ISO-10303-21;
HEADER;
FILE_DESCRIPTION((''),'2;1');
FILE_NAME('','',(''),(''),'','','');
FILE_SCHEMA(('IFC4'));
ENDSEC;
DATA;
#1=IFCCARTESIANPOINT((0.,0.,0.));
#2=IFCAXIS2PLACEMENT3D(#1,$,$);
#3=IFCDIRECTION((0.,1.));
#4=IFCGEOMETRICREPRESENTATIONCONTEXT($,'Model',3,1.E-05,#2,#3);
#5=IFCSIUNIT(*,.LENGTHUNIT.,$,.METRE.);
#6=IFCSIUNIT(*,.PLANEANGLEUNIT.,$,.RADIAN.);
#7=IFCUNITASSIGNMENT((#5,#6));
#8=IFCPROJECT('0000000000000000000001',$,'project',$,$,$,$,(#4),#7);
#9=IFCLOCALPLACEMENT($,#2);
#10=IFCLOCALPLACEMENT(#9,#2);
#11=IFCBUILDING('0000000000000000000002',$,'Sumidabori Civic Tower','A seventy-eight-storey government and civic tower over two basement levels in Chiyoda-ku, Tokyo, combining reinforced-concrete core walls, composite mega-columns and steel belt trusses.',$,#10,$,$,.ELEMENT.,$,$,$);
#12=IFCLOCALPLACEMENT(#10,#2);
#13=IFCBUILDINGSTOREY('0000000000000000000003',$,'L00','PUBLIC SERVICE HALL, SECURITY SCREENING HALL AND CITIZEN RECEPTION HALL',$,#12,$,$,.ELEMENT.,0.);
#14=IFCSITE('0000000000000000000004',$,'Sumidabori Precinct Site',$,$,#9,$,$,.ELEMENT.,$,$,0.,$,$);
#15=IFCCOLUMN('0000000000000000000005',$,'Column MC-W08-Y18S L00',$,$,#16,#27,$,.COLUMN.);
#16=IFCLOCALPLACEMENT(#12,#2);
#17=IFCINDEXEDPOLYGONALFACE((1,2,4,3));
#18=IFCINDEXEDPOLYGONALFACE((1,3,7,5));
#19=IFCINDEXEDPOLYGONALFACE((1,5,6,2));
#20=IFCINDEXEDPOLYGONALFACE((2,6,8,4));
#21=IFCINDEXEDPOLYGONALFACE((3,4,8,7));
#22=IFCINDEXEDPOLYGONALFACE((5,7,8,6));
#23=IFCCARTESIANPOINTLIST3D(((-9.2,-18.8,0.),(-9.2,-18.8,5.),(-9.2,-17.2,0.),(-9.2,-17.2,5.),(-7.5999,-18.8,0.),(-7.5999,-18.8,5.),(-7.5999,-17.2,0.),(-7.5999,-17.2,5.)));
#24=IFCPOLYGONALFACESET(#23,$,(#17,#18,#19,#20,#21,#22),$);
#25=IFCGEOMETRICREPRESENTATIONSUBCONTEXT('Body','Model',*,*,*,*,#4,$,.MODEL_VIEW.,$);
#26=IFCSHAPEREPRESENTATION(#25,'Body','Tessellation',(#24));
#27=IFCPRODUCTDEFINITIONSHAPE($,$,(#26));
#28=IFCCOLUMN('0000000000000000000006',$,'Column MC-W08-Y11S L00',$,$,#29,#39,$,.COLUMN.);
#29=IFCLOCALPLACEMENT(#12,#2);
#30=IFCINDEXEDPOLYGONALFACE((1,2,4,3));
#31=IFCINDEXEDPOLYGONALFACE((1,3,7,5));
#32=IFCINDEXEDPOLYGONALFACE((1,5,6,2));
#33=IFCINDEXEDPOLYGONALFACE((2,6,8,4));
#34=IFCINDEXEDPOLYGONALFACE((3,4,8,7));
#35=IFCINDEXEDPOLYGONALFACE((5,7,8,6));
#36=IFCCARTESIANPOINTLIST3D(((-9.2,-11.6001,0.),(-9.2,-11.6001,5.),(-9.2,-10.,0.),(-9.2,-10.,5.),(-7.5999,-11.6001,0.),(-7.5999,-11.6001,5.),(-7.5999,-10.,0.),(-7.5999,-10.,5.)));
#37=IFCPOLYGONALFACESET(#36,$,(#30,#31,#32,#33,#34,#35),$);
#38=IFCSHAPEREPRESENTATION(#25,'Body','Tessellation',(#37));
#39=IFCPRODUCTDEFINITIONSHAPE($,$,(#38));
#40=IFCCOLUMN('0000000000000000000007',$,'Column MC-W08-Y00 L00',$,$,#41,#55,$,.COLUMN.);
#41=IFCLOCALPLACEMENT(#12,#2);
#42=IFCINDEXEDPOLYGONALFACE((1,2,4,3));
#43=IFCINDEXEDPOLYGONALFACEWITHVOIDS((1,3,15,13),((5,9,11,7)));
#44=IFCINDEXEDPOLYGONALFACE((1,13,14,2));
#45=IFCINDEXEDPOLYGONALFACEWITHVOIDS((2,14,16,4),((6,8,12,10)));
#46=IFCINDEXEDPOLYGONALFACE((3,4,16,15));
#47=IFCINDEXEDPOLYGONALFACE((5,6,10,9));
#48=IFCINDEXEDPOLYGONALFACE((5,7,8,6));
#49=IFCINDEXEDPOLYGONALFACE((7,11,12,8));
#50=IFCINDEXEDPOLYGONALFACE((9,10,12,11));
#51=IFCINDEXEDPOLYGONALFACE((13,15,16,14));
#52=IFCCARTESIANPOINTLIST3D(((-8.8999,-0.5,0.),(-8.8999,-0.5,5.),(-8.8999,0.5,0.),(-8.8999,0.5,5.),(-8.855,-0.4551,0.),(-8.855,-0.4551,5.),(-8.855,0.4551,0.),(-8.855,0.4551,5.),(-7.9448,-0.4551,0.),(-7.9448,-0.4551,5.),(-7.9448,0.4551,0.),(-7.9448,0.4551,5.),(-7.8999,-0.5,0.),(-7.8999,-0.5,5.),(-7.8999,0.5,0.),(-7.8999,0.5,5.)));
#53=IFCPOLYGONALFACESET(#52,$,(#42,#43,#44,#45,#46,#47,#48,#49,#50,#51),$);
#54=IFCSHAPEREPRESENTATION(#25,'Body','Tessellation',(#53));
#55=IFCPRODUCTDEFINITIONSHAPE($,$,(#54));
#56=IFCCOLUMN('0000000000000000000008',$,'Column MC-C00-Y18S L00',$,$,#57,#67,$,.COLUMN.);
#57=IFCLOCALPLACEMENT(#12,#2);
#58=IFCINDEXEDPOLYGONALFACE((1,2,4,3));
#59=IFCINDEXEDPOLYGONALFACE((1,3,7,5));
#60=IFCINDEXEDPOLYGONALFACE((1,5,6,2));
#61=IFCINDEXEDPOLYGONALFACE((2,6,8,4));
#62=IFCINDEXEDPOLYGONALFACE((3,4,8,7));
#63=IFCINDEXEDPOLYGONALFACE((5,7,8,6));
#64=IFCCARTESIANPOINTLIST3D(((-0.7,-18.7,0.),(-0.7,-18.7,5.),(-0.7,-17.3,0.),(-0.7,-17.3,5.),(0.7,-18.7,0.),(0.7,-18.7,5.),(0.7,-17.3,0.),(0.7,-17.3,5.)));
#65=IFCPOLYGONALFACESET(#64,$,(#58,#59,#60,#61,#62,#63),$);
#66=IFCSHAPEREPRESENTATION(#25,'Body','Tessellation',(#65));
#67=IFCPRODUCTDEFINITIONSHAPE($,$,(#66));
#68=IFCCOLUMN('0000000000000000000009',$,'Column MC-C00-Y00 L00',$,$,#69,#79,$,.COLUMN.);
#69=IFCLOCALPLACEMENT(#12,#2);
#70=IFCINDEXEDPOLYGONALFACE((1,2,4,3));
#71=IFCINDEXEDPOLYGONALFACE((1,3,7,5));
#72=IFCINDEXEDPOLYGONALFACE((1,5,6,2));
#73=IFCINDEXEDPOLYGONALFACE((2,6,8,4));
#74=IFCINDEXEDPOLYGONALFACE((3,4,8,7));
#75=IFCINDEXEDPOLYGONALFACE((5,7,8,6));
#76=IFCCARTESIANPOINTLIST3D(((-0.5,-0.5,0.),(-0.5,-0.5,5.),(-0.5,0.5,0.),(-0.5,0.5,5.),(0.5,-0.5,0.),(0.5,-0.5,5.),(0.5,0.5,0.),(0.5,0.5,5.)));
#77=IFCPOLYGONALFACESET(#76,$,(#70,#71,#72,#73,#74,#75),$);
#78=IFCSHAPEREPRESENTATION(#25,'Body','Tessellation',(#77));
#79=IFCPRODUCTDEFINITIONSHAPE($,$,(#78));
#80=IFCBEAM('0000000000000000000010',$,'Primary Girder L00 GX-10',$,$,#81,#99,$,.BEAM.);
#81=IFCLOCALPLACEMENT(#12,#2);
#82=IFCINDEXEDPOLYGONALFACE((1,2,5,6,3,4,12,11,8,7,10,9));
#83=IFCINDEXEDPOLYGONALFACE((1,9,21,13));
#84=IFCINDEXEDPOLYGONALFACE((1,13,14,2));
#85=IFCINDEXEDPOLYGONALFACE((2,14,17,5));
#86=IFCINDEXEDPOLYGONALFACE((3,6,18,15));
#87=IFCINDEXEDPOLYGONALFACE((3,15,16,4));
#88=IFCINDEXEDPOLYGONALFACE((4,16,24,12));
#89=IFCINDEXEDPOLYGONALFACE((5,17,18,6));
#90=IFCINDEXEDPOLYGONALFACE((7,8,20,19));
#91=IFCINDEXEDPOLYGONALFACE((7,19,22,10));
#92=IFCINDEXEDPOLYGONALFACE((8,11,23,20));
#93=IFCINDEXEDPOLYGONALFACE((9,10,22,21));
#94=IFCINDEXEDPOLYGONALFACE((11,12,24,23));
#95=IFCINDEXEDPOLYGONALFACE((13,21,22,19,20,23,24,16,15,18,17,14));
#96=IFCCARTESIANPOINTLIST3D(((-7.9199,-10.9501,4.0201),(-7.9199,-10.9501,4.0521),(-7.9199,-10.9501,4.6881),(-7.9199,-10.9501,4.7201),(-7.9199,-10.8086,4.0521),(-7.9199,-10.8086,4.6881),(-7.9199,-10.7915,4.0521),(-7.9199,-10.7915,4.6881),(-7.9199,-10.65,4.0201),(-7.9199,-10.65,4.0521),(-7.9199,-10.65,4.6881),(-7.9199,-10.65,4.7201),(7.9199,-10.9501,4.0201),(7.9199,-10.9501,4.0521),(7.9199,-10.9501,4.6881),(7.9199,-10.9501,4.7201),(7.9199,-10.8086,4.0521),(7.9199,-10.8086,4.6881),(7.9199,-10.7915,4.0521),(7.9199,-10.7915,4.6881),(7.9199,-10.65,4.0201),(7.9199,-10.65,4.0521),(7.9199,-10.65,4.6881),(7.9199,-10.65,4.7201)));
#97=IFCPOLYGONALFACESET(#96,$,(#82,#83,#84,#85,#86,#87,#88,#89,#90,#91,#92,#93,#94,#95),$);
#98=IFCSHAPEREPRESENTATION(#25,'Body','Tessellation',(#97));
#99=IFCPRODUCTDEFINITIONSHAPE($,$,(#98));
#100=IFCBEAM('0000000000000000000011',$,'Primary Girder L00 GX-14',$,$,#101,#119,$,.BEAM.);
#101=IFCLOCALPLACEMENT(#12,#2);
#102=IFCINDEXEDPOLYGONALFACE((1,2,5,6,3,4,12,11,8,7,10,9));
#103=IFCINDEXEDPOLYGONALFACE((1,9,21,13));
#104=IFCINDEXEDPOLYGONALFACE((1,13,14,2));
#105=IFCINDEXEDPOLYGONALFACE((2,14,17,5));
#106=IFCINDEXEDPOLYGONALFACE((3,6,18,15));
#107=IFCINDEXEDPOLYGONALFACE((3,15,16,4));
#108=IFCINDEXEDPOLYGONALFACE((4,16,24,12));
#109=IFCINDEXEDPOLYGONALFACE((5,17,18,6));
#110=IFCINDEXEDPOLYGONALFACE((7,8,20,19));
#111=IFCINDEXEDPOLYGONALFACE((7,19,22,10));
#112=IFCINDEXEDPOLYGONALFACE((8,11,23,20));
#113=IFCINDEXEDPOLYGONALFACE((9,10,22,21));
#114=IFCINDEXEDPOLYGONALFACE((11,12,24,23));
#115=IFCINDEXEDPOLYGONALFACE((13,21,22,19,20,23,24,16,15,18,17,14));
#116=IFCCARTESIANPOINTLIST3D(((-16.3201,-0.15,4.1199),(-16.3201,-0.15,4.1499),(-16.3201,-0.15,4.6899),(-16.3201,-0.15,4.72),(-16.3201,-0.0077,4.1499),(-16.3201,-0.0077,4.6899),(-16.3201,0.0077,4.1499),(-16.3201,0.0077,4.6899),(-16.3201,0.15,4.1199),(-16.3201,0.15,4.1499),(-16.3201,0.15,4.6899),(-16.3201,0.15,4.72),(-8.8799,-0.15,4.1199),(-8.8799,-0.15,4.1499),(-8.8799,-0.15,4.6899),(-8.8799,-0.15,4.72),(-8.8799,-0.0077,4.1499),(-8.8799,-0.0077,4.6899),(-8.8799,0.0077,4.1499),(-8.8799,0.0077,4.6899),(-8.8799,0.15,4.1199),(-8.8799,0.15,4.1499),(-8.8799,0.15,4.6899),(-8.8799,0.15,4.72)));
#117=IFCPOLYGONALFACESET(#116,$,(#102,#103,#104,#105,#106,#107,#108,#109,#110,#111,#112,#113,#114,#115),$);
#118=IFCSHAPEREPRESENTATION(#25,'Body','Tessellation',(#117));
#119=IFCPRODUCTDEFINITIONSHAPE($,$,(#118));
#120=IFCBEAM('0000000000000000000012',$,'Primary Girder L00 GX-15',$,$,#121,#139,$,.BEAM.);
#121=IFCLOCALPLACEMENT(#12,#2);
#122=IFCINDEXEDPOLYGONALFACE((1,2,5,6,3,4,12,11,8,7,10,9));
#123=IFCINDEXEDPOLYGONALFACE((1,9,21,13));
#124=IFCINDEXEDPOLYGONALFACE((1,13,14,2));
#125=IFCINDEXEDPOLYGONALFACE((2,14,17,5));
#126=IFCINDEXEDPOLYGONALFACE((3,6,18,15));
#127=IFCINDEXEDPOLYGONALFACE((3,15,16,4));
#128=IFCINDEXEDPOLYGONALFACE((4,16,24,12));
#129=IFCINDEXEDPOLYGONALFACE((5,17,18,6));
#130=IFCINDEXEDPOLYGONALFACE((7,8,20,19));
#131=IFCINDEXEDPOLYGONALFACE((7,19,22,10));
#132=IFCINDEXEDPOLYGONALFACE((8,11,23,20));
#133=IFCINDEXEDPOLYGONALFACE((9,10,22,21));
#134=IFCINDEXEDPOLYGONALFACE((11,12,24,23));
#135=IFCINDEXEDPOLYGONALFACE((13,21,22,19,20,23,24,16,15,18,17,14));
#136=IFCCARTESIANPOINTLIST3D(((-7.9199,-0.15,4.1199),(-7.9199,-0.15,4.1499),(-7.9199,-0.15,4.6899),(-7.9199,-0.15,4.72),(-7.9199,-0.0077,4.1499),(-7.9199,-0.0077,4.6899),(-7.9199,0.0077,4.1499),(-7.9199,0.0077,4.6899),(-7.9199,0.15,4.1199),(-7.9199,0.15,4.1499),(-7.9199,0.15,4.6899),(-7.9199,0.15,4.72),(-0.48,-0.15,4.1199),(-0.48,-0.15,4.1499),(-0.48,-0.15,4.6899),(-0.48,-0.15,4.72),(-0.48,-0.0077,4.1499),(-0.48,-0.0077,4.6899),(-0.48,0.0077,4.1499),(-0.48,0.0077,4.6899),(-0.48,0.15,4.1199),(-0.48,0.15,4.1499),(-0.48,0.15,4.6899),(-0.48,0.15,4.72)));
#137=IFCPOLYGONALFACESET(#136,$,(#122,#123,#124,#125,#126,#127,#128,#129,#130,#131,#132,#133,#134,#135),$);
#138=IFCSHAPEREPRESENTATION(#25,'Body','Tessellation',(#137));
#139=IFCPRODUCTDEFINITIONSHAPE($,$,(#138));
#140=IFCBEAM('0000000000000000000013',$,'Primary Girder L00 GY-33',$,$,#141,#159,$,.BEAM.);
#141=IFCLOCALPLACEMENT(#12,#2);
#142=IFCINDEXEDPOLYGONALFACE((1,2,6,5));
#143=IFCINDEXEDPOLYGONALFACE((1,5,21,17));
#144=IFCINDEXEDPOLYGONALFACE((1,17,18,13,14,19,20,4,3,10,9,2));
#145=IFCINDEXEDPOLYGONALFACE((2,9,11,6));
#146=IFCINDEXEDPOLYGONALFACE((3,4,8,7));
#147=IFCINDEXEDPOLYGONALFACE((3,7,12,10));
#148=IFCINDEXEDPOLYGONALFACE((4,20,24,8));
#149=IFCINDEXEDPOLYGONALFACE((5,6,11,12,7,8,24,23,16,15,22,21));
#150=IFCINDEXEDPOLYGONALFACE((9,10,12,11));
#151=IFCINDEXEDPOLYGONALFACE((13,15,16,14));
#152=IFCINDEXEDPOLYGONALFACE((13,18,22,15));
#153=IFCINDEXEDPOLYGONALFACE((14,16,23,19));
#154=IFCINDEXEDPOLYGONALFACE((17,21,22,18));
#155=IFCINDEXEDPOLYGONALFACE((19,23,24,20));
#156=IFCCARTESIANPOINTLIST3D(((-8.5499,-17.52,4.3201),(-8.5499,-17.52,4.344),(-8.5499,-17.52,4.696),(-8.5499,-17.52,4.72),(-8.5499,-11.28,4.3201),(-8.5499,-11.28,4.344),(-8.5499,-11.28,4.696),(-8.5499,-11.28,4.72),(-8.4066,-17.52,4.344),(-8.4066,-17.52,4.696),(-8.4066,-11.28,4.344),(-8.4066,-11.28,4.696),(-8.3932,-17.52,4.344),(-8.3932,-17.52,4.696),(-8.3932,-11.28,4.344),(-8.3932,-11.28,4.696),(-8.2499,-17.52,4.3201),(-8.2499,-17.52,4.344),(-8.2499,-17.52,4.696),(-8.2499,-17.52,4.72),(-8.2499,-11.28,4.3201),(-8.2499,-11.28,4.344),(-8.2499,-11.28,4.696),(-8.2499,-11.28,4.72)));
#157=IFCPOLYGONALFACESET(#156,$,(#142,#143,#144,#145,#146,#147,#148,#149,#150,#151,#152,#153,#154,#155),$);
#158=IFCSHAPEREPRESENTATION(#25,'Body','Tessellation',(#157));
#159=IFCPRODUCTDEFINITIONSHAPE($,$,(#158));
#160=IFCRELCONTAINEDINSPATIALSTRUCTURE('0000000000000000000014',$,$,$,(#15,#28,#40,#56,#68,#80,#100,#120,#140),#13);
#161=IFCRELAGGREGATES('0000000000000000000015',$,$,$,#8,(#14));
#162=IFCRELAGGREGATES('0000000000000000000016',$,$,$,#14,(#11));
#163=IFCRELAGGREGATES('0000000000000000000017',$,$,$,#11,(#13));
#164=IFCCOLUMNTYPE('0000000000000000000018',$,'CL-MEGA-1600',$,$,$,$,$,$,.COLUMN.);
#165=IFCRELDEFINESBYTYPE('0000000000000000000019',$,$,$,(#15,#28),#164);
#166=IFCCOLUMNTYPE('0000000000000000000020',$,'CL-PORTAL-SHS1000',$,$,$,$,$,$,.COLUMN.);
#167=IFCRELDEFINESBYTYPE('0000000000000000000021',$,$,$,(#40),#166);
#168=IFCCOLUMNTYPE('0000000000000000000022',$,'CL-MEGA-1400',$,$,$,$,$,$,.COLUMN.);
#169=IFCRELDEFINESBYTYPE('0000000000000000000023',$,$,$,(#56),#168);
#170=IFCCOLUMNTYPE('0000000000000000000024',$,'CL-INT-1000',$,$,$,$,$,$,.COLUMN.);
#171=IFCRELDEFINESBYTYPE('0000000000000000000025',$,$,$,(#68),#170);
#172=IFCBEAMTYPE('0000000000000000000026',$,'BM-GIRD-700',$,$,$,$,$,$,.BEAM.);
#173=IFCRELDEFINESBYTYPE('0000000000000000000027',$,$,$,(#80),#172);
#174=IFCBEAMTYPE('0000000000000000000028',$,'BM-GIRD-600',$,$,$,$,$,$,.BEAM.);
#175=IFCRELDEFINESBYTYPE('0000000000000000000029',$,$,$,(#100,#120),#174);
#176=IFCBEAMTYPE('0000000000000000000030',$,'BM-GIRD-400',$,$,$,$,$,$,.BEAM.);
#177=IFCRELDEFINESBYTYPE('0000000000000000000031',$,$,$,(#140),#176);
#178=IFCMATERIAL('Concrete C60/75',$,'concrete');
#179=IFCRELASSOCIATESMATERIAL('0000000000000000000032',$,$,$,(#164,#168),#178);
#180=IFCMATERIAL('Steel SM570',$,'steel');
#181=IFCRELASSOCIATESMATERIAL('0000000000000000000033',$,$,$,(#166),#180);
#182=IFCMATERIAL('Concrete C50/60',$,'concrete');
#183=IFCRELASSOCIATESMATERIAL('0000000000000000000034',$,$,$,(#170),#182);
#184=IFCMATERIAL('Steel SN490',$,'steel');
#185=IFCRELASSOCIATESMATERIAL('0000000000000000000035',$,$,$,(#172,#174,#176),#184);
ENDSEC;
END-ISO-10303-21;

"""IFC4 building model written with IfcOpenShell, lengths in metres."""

from ifc_helpers import new_model, si_unit, direction, frame, origin, origin_with_axes, origin_2d, place, context, subcontext, project, spatial, rectangle, hollow_rectangle, i_section, extrude, source, transform, mapped, material, material_profile, profile_set, type_object, element, save


model = new_model("IFC4")

# Units and contexts
model_context = context("Model", 3, precision=1e-05, world=origin(), true_north=direction((0.0, 1.0)))
body_context = subcontext(model_context, "Body", "Model", "MODEL_VIEW")
ifc_project = project(units=[si_unit("LENGTHUNIT", "METRE"), si_unit("PLANEANGLEUNIT", "RADIAN")], contexts=[model_context])

# Site, building, storey
site_placement = place(None, origin())
site = spatial("IfcSite", under=ifc_project, at=site_placement, Name="Sumidabori Precinct Site", CompositionType="ELEMENT", RefElevation=0.0)
building_placement = place(site_placement, origin())
building = spatial("IfcBuilding", under=site, at=building_placement, Name="Sumidabori Civic Tower", Description="A seventy-eight-storey government and civic tower over two basement levels in Chiyoda-ku, Tokyo, combining reinforced-concrete core walls, composite mega-columns and steel belt trusses.", CompositionType="ELEMENT")
storey_placement = place(building_placement, origin())
storey = spatial("IfcBuildingStorey", under=building, at=storey_placement, Name="L00", Description="PUBLIC SERVICE HALL, SECURITY SCREENING HALL AND CITIZEN RECEPTION HALL", CompositionType="ELEMENT", Elevation=0.0)

# Columns
ifc_material_1 = material(Name="Concrete C60/75", Category="concrete")
ifc_material_profile_1 = material_profile(ifc_material_1, rectangle(XDim=1.6001, YDim=1.6001, at=origin_2d()), Name="RC 1600x1600")
ifc_profile_set_1 = profile_set([ifc_material_profile_1], Name="Concrete C60/75")
column_type_1 = type_object("IfcColumnType", Name="CL-MEGA-1600", PredefinedType="COLUMN", material=ifc_profile_set_1)
shared_shape_1 = source(origin(), body_context, "Body", "SweptSolid", [
    extrude(rectangle(XDim=1.6001, YDim=1.6001, at=origin_2d()), origin(), (0.0, 0.0, 1.0), 5.0),
])
for number, where, z_axis, x_axis, name in (
    (1, (-8.3999, -18.0, 0.0), (0.0, 0.0, 1.0), (1.0, 0.0, 0.0), "Column MC-W08-Y18S L00"),
    (2, (-8.3999, -10.8, 0.0), (0.0, 0.0, 1.0), (1.0, 0.0, 0.0), "Column MC-W08-Y11S L00"),
):
    element("IfcColumn", number, at=place(storey_placement, frame(where, z_axis=z_axis, x_axis=x_axis)), inside=storey, type_object=column_type_1, Name=name, PredefinedType="COLUMN", context=body_context, shape_type="MappedRepresentation", body=[
        mapped(shared_shape_1, transform((0.0, 0.0, 0.0), x_axis=(1.0, 0.0, 0.0), y_axis=(0.0, 1.0, 0.0), z_axis=(0.0, 0.0, 1.0), scale=1.0)),
    ])
ifc_material_2 = material(Name="Steel SM570", Category="steel")
ifc_material_profile_2 = material_profile(ifc_material_2, hollow_rectangle(XDim=1.0, YDim=1.0, WallThickness=0.0449, at=origin_2d()), Name="SHS 1000x1000x45")
ifc_profile_set_2 = profile_set([ifc_material_profile_2], Name="Steel SM570")
column_type_2 = type_object("IfcColumnType", Name="CL-PORTAL-SHS1000", PredefinedType="COLUMN", material=ifc_profile_set_2)
shared_shape_2 = source(origin(), body_context, "Body", "SweptSolid", [
    extrude(hollow_rectangle(XDim=1.0, YDim=1.0, WallThickness=0.0449, at=origin_2d()), origin(), (0.0, 0.0, 1.0), 5.0),
])
column_1_placement = place(storey_placement, frame((-8.3999, 0.0, 0.0), z_axis=(0.0, 0.0, 1.0), x_axis=(1.0, 0.0, 0.0)))
element("IfcColumn", 3, at=column_1_placement, inside=storey, type_object=column_type_2, Name="Column MC-W08-Y00 L00", PredefinedType="COLUMN", context=body_context, shape_type="MappedRepresentation", body=[
    mapped(shared_shape_2, transform((0.0, 0.0, 0.0), x_axis=(1.0, 0.0, 0.0), y_axis=(0.0, 1.0, 0.0), z_axis=(0.0, 0.0, 1.0), scale=1.0)),
])
ifc_material_profile_3 = material_profile(ifc_material_1, rectangle(XDim=1.3999, YDim=1.3999, at=origin_2d()), Name="RC 1400x1400")
ifc_profile_set_3 = profile_set([ifc_material_profile_3], Name="Concrete C60/75")
column_type_3 = type_object("IfcColumnType", Name="CL-MEGA-1400", PredefinedType="COLUMN", material=ifc_profile_set_3)
shared_shape_3 = source(origin(), body_context, "Body", "SweptSolid", [
    extrude(rectangle(XDim=1.3999, YDim=1.3999, at=origin_2d()), origin(), (0.0, 0.0, 1.0), 5.0),
])
column_2_placement = place(storey_placement, frame((0.0, -18.0, 0.0), z_axis=(0.0, 0.0, 1.0), x_axis=(1.0, 0.0, 0.0)))
element("IfcColumn", 4, at=column_2_placement, inside=storey, type_object=column_type_3, Name="Column MC-C00-Y18S L00", PredefinedType="COLUMN", context=body_context, shape_type="MappedRepresentation", body=[
    mapped(shared_shape_3, transform((0.0, 0.0, 0.0), x_axis=(1.0, 0.0, 0.0), y_axis=(0.0, 1.0, 0.0), z_axis=(0.0, 0.0, 1.0), scale=1.0)),
])
ifc_material_3 = material(Name="Concrete C50/60", Category="concrete")
ifc_material_profile_4 = material_profile(ifc_material_3, rectangle(XDim=1.0, YDim=1.0, at=origin_2d()), Name="RC 1000x1000")
ifc_profile_set_4 = profile_set([ifc_material_profile_4], Name="Concrete C50/60")
column_type_4 = type_object("IfcColumnType", Name="CL-INT-1000", PredefinedType="COLUMN", material=ifc_profile_set_4)
shared_shape_4 = source(origin(), body_context, "Body", "SweptSolid", [
    extrude(rectangle(XDim=1.0, YDim=1.0, at=origin_2d()), origin(), (0.0, 0.0, 1.0), 5.0),
])
column_3_placement = place(storey_placement, origin_with_axes())
element("IfcColumn", 5, at=column_3_placement, inside=storey, type_object=column_type_4, Name="Column MC-C00-Y00 L00", PredefinedType="COLUMN", context=body_context, shape_type="MappedRepresentation", body=[
    mapped(shared_shape_4, transform((0.0, 0.0, 0.0), x_axis=(1.0, 0.0, 0.0), y_axis=(0.0, 1.0, 0.0), z_axis=(0.0, 0.0, 1.0), scale=1.0)),
])

# Beams
ifc_material_4 = material(Name="Steel SN490", Category="steel")
ifc_material_profile_5 = material_profile(ifc_material_4, i_section(OverallWidth=0.3, OverallDepth=0.7, WebThickness=0.0171, FlangeThickness=0.032, at=origin_2d()), Name="HE 700 B")
ifc_profile_set_5 = profile_set([ifc_material_profile_5], Name="Steel SN490")
beam_type_1 = type_object("IfcBeamType", Name="BM-GIRD-700", PredefinedType="BEAM", material=ifc_profile_set_5)
shared_shape_5 = source(origin(), body_context, "Body", "SweptSolid", [
    extrude(i_section(OverallWidth=0.3, OverallDepth=0.7, WebThickness=0.0171, FlangeThickness=0.032, at=origin_2d()), origin(), (0.0, 0.0, 1.0), 15.8398),
])
beam_1_placement = place(storey_placement, frame((-7.9199, -10.8, 4.3701), z_axis=(1.0, 0.0, 0.0), x_axis=(0.0, 1.0, 0.0)))
element("IfcBeam", 6, at=beam_1_placement, inside=storey, type_object=beam_type_1, Name="Primary Girder L00 GX-10", PredefinedType="BEAM", context=body_context, shape_type="MappedRepresentation", body=[
    mapped(shared_shape_5, transform((0.0, 0.0, 0.0), x_axis=(1.0, 0.0, 0.0), y_axis=(0.0, 1.0, 0.0), z_axis=(0.0, 0.0, 1.0), scale=1.0)),
])
ifc_material_profile_6 = material_profile(ifc_material_4, i_section(OverallWidth=0.3, OverallDepth=0.6001, WebThickness=0.0154, FlangeThickness=0.03, at=origin_2d()), Name="HE 600 B")
ifc_profile_set_6 = profile_set([ifc_material_profile_6], Name="Steel SN490")
beam_type_2 = type_object("IfcBeamType", Name="BM-GIRD-600", PredefinedType="BEAM", material=ifc_profile_set_6)
shared_shape_6 = source(origin(), body_context, "Body", "SweptSolid", [
    extrude(i_section(OverallWidth=0.3, OverallDepth=0.6001, WebThickness=0.0154, FlangeThickness=0.03, at=origin_2d()), origin(), (0.0, 0.0, 1.0), 7.4402),
])
beam_2_placement = place(storey_placement, frame((-16.3201, 0.0, 4.4199), z_axis=(1.0, 0.0, 0.0), x_axis=(0.0, 1.0, 0.0)))
element("IfcBeam", 7, at=beam_2_placement, inside=storey, type_object=beam_type_2, Name="Primary Girder L00 GX-14", PredefinedType="BEAM", context=body_context, shape_type="MappedRepresentation", body=[
    mapped(shared_shape_6, transform((0.0, 0.0, 0.0), x_axis=(1.0, 0.0, 0.0), y_axis=(0.0, 1.0, 0.0), z_axis=(0.0, 0.0, 1.0), scale=1.0)),
])
shared_shape_7 = source(origin(), body_context, "Body", "SweptSolid", [
    extrude(i_section(OverallWidth=0.3, OverallDepth=0.6001, WebThickness=0.0154, FlangeThickness=0.03, at=origin_2d()), origin(), (0.0, 0.0, 1.0), 7.4399),
])
beam_3_placement = place(storey_placement, frame((-7.9199, 0.0, 4.4199), z_axis=(1.0, 0.0, 0.0), x_axis=(0.0, 1.0, 0.0)))
element("IfcBeam", 8, at=beam_3_placement, inside=storey, type_object=beam_type_2, Name="Primary Girder L00 GX-15", PredefinedType="BEAM", context=body_context, shape_type="MappedRepresentation", body=[
    mapped(shared_shape_7, transform((0.0, 0.0, 0.0), x_axis=(1.0, 0.0, 0.0), y_axis=(0.0, 1.0, 0.0), z_axis=(0.0, 0.0, 1.0), scale=1.0)),
])
ifc_material_profile_7 = material_profile(ifc_material_4, i_section(OverallWidth=0.3, OverallDepth=0.3999, WebThickness=0.0134, FlangeThickness=0.0239, at=origin_2d()), Name="HE 400 B")
ifc_profile_set_7 = profile_set([ifc_material_profile_7], Name="Steel SN490")
beam_type_3 = type_object("IfcBeamType", Name="BM-GIRD-400", PredefinedType="BEAM", material=ifc_profile_set_7)
shared_shape_8 = source(origin(), body_context, "Body", "SweptSolid", [
    extrude(i_section(OverallWidth=0.3, OverallDepth=0.3999, WebThickness=0.0134, FlangeThickness=0.0239, at=origin_2d()), origin(), (0.0, 0.0, 1.0), 6.24),
])
beam_4_placement = place(storey_placement, frame((-8.3999, -17.52, 4.52), z_axis=(0.0, 1.0, 0.0), x_axis=(-1.0, 0.0, 0.0)))
element("IfcBeam", 9, at=beam_4_placement, inside=storey, type_object=beam_type_3, Name="Primary Girder L00 GY-33", PredefinedType="BEAM", context=body_context, shape_type="MappedRepresentation", body=[
    mapped(shared_shape_8, transform((0.0, 0.0, 0.0), x_axis=(1.0, 0.0, 0.0), y_axis=(0.0, 1.0, 0.0), z_axis=(0.0, 0.0, 1.0), scale=1.0)),
])

save(model, "model.ifc")
